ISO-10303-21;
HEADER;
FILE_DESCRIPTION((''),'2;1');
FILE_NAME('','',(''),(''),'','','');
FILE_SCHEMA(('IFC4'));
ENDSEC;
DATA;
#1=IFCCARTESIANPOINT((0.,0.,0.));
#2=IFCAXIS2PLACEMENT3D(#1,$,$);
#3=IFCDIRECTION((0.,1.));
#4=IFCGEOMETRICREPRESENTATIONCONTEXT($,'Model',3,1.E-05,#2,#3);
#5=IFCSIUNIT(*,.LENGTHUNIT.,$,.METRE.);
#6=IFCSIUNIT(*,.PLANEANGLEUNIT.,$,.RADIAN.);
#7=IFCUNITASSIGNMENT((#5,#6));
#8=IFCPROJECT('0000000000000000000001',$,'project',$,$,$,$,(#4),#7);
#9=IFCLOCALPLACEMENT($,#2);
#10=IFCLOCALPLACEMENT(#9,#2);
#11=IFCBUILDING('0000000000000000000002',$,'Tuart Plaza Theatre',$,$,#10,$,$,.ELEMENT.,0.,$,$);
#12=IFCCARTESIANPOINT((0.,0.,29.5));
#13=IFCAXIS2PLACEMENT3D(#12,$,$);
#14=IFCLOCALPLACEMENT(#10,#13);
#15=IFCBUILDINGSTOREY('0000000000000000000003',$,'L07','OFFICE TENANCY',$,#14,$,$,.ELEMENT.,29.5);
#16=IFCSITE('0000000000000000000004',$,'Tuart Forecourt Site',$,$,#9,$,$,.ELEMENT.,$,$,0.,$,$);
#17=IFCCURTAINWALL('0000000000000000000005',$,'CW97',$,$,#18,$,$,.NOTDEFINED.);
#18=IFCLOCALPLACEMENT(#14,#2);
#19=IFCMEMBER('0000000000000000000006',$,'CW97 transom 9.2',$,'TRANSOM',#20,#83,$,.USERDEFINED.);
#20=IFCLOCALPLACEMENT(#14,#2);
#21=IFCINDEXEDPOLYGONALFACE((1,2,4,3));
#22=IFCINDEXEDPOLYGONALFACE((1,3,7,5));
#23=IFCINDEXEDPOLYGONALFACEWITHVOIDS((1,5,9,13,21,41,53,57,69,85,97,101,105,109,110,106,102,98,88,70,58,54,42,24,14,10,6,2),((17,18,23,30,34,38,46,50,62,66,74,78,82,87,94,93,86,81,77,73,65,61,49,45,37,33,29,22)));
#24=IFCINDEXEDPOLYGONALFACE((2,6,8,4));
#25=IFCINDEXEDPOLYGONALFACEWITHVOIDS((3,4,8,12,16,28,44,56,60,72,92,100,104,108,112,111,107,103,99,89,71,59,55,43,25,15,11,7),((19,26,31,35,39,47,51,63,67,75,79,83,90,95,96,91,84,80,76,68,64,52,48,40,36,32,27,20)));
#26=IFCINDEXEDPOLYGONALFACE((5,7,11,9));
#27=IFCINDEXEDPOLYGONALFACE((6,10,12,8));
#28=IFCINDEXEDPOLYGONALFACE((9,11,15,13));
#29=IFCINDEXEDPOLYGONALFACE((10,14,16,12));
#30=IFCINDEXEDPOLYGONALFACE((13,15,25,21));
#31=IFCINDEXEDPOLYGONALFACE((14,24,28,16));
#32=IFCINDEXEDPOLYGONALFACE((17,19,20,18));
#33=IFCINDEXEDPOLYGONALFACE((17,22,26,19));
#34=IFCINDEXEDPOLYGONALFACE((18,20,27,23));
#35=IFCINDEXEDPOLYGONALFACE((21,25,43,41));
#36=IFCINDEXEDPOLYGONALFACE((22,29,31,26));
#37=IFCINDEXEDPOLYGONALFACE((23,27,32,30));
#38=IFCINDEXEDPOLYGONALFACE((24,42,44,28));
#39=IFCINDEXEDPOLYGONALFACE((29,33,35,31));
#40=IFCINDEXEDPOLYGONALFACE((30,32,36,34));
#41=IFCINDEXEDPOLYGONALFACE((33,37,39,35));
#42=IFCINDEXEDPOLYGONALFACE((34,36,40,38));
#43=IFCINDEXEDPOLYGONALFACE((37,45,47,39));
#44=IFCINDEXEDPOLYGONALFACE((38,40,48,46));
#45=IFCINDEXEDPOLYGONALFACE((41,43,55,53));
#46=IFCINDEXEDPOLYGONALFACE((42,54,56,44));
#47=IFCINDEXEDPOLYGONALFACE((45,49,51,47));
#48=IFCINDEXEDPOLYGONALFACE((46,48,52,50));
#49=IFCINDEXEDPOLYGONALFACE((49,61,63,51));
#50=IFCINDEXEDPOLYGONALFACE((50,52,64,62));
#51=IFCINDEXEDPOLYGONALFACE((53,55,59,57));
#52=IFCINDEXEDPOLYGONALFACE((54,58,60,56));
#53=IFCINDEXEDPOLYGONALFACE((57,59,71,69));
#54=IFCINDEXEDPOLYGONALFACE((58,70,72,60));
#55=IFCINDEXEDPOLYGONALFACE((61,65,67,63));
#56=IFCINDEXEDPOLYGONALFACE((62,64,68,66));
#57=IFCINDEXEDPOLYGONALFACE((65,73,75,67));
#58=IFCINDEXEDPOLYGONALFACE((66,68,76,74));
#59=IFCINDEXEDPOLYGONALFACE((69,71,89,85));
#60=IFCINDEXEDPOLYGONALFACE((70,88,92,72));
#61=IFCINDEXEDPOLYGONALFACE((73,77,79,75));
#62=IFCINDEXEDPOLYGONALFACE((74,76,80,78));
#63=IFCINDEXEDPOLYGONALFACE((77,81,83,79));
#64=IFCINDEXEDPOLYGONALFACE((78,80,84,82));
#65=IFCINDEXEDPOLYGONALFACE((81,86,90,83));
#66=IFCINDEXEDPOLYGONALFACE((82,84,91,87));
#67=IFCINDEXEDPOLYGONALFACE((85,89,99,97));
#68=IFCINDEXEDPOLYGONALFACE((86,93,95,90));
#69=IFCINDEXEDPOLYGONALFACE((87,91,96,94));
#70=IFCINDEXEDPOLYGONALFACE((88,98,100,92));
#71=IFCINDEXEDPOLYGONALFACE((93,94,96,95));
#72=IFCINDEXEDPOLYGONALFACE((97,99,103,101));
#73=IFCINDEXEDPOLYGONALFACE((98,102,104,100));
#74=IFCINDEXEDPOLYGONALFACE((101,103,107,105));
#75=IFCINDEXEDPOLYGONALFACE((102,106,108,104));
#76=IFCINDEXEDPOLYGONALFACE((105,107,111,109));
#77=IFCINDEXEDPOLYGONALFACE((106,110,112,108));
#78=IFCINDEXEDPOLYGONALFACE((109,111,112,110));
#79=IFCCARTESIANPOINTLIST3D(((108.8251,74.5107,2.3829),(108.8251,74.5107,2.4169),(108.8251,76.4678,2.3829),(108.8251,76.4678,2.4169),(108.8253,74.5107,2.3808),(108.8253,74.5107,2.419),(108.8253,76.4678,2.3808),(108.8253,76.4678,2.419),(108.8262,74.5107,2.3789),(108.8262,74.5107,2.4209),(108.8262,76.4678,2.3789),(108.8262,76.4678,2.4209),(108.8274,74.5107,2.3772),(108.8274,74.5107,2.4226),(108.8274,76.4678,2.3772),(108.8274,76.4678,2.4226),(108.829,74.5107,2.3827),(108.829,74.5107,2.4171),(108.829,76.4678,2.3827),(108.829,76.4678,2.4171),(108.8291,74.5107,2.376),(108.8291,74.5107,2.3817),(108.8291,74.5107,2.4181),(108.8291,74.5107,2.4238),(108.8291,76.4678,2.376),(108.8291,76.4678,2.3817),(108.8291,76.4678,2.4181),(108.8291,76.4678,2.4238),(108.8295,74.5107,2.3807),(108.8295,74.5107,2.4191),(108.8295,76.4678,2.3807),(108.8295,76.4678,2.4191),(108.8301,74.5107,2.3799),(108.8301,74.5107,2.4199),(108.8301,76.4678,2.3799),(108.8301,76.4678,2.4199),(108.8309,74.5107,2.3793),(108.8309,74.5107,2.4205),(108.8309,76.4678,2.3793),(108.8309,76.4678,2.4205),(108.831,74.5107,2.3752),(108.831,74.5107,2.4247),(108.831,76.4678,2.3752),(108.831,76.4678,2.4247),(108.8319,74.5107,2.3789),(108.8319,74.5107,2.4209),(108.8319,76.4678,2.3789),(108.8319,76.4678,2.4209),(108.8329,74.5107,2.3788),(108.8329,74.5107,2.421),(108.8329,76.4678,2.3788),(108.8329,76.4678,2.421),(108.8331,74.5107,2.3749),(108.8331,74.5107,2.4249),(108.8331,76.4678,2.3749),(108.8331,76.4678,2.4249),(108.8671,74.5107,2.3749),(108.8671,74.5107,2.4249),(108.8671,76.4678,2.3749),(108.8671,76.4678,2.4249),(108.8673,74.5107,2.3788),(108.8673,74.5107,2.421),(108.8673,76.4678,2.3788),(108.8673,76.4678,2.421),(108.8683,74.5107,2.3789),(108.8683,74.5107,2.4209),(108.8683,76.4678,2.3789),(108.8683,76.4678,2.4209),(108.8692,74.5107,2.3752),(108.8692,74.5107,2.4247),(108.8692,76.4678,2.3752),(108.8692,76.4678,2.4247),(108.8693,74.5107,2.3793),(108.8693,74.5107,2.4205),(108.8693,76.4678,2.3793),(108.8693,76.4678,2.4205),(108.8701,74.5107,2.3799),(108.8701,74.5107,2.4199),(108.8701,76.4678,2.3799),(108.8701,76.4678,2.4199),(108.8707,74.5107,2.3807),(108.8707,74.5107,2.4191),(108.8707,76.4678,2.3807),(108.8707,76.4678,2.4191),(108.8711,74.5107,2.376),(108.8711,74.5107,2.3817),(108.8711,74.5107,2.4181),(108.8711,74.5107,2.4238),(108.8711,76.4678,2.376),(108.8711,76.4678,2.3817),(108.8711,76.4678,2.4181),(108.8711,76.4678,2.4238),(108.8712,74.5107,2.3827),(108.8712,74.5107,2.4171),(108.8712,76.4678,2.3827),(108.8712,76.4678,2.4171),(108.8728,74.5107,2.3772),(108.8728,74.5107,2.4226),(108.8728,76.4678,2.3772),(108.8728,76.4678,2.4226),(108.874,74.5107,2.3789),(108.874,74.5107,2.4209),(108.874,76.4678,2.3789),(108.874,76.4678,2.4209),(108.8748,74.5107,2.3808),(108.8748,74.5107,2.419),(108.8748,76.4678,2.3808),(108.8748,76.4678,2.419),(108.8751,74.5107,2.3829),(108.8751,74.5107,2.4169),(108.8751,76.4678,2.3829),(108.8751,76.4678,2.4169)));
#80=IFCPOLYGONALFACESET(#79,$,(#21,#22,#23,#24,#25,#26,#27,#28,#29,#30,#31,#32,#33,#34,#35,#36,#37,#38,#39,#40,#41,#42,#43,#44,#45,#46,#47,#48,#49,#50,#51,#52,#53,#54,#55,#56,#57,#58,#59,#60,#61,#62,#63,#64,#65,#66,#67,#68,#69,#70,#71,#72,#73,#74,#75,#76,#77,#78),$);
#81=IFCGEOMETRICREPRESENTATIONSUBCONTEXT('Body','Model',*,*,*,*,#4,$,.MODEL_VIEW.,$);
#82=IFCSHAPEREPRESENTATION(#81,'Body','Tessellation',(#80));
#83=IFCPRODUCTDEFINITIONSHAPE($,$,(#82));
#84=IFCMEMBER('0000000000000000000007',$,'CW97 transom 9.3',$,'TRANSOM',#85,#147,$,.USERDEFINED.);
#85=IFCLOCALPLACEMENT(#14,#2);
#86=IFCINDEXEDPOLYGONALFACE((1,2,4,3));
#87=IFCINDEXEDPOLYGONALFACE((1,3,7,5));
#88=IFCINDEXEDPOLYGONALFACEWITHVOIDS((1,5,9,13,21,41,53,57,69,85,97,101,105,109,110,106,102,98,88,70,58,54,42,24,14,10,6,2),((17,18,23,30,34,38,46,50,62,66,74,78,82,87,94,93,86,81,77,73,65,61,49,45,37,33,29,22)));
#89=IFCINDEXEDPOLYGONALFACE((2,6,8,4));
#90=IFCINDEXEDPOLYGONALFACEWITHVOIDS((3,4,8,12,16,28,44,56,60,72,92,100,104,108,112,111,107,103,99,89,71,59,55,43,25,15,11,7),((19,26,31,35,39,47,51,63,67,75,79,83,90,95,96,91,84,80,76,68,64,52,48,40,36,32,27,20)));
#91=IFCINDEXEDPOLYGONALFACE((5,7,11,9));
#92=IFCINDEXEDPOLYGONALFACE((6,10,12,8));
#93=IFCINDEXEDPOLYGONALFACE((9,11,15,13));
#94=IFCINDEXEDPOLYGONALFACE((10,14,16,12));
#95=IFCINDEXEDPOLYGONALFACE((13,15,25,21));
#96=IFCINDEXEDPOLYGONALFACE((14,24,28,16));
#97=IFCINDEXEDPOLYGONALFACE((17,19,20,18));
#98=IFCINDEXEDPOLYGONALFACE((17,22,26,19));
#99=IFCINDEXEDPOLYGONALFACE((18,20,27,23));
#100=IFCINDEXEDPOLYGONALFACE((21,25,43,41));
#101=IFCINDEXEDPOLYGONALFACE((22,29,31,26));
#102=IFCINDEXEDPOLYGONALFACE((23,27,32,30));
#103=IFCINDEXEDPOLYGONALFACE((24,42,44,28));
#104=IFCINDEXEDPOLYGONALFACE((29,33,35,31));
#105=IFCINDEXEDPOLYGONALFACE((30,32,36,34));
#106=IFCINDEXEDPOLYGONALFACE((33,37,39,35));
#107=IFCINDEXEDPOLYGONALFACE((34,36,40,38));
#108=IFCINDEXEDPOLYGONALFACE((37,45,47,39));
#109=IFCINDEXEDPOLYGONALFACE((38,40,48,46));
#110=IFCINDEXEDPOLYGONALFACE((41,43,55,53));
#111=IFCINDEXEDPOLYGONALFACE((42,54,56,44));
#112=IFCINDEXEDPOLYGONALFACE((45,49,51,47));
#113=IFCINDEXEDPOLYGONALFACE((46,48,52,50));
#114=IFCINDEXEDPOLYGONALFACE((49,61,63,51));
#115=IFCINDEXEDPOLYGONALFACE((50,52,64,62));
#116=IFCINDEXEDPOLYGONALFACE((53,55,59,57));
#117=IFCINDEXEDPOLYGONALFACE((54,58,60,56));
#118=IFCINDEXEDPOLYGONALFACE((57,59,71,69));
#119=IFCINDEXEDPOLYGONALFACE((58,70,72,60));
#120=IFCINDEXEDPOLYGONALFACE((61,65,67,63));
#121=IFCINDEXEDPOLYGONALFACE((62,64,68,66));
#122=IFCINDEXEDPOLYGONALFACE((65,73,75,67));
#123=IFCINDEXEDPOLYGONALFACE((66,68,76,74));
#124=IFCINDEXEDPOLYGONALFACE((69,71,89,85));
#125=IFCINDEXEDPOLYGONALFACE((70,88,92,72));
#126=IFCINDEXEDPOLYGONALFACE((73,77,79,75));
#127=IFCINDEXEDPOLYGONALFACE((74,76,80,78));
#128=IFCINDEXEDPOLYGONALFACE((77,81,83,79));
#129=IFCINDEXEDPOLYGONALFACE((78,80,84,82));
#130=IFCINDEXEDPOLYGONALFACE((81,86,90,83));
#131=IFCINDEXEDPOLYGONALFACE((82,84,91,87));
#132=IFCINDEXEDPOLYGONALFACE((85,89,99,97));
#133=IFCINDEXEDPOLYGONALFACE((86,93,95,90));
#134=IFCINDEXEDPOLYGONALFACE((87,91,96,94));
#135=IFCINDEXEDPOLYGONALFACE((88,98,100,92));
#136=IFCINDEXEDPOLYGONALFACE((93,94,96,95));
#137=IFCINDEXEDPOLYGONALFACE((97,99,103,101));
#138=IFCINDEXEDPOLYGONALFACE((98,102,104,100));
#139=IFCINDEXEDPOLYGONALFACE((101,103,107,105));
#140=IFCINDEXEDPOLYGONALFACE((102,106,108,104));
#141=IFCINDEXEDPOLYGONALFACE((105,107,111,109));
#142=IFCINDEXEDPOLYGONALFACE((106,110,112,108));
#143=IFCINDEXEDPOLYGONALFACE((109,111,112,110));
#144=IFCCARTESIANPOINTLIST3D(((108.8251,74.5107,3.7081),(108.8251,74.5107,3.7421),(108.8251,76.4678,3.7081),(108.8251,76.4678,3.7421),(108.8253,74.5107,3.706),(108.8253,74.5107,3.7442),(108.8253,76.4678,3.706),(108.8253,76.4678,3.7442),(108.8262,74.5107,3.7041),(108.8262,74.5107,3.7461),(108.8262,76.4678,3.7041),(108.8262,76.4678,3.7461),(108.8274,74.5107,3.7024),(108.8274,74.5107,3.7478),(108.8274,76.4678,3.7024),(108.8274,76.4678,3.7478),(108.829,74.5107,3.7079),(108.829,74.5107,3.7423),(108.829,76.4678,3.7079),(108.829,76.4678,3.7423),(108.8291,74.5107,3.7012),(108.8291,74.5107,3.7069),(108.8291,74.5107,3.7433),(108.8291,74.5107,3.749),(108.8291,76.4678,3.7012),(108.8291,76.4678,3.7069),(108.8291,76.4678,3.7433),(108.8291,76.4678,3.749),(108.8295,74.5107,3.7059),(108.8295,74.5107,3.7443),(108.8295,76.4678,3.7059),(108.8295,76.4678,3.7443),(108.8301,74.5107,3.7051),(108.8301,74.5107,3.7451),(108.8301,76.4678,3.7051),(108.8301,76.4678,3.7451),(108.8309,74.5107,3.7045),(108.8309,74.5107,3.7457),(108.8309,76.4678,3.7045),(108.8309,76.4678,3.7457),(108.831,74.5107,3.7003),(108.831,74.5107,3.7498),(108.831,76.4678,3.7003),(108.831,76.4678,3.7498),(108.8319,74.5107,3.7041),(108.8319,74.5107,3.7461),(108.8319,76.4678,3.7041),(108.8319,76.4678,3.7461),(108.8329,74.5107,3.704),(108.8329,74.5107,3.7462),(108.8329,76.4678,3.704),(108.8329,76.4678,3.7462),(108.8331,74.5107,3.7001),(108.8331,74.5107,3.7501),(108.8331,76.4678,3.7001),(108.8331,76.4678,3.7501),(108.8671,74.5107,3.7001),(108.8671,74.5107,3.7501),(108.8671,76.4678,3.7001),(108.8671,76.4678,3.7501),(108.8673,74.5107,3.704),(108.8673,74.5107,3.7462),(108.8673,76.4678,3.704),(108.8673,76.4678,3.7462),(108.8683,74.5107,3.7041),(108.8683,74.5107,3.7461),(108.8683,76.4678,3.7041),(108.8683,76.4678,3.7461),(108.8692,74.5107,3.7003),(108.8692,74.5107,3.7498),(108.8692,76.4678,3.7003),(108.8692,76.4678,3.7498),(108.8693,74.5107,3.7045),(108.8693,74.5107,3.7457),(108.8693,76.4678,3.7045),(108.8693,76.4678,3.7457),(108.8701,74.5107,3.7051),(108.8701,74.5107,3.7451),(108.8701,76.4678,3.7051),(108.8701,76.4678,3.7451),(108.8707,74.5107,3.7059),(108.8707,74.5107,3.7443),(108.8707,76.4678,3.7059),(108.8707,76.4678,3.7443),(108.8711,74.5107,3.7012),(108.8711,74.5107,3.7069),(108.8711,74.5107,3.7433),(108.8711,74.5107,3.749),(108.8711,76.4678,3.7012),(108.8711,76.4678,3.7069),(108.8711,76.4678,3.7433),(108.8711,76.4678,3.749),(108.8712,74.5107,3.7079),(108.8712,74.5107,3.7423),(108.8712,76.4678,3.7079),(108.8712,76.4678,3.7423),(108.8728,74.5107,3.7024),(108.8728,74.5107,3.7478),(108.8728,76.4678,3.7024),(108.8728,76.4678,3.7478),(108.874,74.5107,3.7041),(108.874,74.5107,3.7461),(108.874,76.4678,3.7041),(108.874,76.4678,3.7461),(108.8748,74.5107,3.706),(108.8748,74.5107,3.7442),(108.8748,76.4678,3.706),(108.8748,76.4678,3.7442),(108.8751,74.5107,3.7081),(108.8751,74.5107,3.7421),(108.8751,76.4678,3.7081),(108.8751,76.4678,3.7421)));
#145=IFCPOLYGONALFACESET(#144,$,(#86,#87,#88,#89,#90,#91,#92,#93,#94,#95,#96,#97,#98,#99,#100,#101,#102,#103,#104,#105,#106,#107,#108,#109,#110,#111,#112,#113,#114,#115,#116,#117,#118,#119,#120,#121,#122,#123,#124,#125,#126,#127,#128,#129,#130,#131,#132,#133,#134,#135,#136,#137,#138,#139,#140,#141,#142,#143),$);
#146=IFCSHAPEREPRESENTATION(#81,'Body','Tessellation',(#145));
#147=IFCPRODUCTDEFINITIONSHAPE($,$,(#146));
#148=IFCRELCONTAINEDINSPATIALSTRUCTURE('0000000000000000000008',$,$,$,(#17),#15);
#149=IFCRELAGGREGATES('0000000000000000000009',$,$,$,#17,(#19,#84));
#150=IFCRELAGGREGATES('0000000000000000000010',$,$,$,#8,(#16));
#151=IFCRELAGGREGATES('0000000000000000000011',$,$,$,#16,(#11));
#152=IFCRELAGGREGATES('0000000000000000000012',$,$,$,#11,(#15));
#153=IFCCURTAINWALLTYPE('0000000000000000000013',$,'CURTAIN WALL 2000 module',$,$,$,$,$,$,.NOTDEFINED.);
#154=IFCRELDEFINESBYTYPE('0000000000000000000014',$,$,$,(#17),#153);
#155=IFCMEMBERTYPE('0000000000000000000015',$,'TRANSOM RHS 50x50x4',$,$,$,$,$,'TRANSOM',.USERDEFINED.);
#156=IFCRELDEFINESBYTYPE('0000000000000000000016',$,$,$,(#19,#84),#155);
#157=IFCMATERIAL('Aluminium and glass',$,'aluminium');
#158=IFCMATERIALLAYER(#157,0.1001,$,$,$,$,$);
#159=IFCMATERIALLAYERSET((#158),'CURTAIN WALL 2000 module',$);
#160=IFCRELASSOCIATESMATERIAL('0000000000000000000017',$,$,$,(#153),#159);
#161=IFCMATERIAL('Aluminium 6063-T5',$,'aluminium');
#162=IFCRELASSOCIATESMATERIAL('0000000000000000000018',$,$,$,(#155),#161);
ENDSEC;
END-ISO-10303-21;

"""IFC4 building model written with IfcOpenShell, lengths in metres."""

from ifc_helpers import new_model, si_unit, direction, frame, origin, origin_2d, place, context, subcontext, project, spatial, hollow_rectangle, extrude, material, layer, layer_set, material_profile, profile_set, type_object, element, aggregate, save


model = new_model("IFC4")

# Units and contexts
model_context = context("Model", 3, precision=1e-05, world=origin(), true_north=direction((0.0, 1.0)))
body_context = subcontext(model_context, "Body", "Model", "MODEL_VIEW")
ifc_project = project(units=[si_unit("LENGTHUNIT", "METRE"), si_unit("PLANEANGLEUNIT", "RADIAN")], contexts=[model_context])

# Site, building, storey
site_placement = place(None, origin())
site = spatial("IfcSite", under=ifc_project, at=site_placement, Name="Tuart Forecourt Site", CompositionType="ELEMENT", RefElevation=0.0)
building_placement = place(site_placement, origin())
building = spatial("IfcBuilding", under=site, at=building_placement, Name="Tuart Plaza Theatre", CompositionType="ELEMENT", ElevationOfRefHeight=0.0)
storey_placement = place(building_placement, frame((0.0, 0.0, 29.5)))
storey = spatial("IfcBuildingStorey", under=building, at=storey_placement, Name="L07", Description="OFFICE TENANCY", CompositionType="ELEMENT", Elevation=29.5)

# Curtain wall, members
ifc_material_1 = material(Name="Aluminium and glass", Category="aluminium")
ifc_layer_1 = layer(ifc_material_1, 0.1001)
ifc_layer_set_1 = layer_set([ifc_layer_1], Name="CURTAIN WALL 2000 module")
curtain_wall_type = type_object("IfcCurtainWallType", Name="CURTAIN WALL 2000 module", PredefinedType="NOTDEFINED", material=ifc_layer_set_1)
curtain_wall_placement = place(storey_placement, origin())
curtain_wall = element("IfcCurtainWall", 1, at=curtain_wall_placement, inside=storey, type_object=curtain_wall_type, Name="CW97", PredefinedType="NOTDEFINED")
ifc_material_2 = material(Name="Aluminium 6063-T5", Category="aluminium")
ifc_material_profile_1 = material_profile(ifc_material_2, hollow_rectangle(XDim=0.05, YDim=0.05, WallThickness=0.0039, InnerFilletRadius=0.0039, OuterFilletRadius=0.0081, at=origin_2d()), Name="RHS 50x50x4")
ifc_profile_set_1 = profile_set([ifc_material_profile_1], Name="Aluminium 6063-T5")
member_type = type_object("IfcMemberType", Name="TRANSOM RHS 50x50x4", ElementType="TRANSOM", PredefinedType="USERDEFINED", material=ifc_profile_set_1)
member_1_placement = place(storey_placement, frame((108.8501, 76.4678, 2.3999), z_axis=(0.0, -1.0, 0.0), x_axis=(1.0, 0.0, 0.0)))
member_1 = element("IfcMember", 2, at=member_1_placement, type_object=member_type, Name="CW97 transom 9.2", ObjectType="TRANSOM", PredefinedType="USERDEFINED", context=body_context, shape_type="SweptSolid", body=[
    extrude(hollow_rectangle(XDim=0.05, YDim=0.05, WallThickness=0.0039, InnerFilletRadius=0.0039, OuterFilletRadius=0.0081, at=origin_2d()), origin(), (0.0, 0.0, 1.0), 1.957),
])
member_2_placement = place(storey_placement, frame((108.8501, 76.4678, 3.7251), z_axis=(0.0, -1.0, 0.0), x_axis=(1.0, 0.0, 0.0)))
member_2 = element("IfcMember", 3, at=member_2_placement, type_object=member_type, Name="CW97 transom 9.3", ObjectType="TRANSOM", PredefinedType="USERDEFINED", context=body_context, shape_type="SweptSolid", body=[
    extrude(hollow_rectangle(XDim=0.05, YDim=0.05, WallThickness=0.0039, InnerFilletRadius=0.0039, OuterFilletRadius=0.0081, at=origin_2d()), origin(), (0.0, 0.0, 1.0), 1.957),
])
aggregate(curtain_wall, [member_1, member_2])

save(model, "model.ifc")
